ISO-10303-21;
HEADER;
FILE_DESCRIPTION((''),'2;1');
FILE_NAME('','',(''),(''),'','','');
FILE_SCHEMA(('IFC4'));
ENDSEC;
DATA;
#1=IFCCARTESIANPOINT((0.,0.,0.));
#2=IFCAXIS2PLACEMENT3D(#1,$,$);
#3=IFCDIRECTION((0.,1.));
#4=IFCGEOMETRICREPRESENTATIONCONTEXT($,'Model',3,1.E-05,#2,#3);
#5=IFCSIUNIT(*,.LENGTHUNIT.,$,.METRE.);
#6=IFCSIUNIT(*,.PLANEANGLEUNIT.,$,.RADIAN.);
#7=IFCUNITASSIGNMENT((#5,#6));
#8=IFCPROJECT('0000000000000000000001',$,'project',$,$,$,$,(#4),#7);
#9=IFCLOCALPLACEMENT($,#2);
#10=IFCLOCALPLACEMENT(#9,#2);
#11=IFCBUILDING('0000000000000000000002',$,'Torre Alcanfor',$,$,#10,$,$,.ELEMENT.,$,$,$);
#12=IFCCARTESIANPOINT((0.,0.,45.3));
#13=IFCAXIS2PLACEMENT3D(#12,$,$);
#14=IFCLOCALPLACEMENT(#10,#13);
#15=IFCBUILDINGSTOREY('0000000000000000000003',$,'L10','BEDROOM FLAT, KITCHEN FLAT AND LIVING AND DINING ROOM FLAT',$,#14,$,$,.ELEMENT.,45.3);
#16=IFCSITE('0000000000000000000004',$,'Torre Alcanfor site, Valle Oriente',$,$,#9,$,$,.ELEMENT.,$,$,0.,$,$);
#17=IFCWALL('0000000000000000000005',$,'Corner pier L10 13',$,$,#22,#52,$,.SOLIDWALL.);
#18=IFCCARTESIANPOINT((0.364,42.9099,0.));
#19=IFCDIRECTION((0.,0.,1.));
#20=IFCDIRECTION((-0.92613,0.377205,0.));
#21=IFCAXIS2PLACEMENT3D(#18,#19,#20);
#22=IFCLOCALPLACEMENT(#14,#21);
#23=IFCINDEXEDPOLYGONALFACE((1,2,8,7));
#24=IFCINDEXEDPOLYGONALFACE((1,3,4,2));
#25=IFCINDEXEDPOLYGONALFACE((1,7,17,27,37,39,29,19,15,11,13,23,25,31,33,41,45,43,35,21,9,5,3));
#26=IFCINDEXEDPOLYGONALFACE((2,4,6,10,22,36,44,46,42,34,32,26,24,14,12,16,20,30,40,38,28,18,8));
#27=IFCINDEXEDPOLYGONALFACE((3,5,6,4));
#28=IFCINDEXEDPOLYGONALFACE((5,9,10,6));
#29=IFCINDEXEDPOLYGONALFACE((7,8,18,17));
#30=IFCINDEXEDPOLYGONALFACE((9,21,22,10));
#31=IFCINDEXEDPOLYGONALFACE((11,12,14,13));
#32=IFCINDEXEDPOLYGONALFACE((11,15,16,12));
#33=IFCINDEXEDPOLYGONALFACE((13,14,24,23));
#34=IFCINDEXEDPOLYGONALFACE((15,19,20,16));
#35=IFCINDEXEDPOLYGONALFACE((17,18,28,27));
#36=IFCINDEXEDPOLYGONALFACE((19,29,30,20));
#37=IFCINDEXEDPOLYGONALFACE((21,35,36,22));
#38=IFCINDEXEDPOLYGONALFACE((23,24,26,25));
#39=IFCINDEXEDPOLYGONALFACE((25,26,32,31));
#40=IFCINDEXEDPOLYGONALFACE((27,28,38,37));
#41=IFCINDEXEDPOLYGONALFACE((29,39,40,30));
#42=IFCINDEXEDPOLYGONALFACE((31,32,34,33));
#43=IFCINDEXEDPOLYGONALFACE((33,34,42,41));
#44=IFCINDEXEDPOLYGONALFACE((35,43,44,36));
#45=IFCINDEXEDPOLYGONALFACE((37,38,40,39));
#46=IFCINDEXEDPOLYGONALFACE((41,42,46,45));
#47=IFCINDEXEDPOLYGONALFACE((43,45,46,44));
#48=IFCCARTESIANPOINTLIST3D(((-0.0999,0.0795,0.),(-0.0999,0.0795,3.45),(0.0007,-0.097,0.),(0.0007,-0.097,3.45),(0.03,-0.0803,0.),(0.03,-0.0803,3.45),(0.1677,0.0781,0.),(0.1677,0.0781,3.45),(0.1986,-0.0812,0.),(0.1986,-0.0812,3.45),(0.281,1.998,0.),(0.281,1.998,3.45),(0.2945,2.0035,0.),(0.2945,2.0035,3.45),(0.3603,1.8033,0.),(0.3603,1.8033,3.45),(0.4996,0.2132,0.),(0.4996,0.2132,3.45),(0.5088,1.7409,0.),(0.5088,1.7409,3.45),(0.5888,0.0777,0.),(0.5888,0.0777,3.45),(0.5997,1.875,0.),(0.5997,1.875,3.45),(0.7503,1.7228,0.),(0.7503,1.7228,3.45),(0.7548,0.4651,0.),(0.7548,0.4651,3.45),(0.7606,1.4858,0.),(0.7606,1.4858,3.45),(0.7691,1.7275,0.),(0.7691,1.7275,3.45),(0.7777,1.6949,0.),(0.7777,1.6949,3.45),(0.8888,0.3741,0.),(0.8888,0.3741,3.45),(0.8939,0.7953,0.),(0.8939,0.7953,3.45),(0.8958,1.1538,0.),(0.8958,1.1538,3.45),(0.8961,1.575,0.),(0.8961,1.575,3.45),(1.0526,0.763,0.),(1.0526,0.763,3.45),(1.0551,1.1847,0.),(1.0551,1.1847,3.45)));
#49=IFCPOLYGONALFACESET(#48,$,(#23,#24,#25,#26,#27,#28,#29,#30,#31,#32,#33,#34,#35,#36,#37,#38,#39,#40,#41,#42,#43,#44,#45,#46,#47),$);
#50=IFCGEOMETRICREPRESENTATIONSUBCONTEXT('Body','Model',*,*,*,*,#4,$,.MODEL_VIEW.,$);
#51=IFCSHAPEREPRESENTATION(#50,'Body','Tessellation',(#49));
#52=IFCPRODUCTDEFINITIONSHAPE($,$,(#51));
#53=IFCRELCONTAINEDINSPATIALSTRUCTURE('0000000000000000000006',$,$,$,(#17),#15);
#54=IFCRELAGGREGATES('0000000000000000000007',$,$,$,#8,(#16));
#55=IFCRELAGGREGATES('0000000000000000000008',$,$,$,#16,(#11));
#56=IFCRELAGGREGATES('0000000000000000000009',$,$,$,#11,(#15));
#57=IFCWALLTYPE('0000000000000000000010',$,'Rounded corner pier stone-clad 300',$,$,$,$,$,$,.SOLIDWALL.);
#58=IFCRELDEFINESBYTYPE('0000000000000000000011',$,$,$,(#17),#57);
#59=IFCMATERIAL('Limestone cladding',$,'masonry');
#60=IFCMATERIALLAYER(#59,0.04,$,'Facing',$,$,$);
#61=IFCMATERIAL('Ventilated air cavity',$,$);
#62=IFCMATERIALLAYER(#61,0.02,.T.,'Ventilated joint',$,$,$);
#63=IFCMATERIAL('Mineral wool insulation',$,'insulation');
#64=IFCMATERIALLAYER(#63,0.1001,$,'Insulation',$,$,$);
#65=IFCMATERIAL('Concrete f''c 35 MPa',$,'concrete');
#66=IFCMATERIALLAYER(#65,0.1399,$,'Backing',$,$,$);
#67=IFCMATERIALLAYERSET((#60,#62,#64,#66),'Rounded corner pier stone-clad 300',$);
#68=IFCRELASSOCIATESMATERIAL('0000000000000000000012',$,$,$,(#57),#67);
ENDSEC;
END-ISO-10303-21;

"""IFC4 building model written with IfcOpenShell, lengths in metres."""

from ifc_helpers import new_model, si_unit, direction, frame, origin, place, context, subcontext, project, spatial, polyline, outline, extrude, material, layer, layer_set, type_object, element, save


model = new_model("IFC4")

# Units and contexts
model_context = context("Model", 3, precision=1e-05, world=origin(), true_north=direction((0.0, 1.0)))
body_context = subcontext(model_context, "Body", "Model", "MODEL_VIEW")
ifc_project = project(units=[si_unit("LENGTHUNIT", "METRE"), si_unit("PLANEANGLEUNIT", "RADIAN")], contexts=[model_context])

# Site, building, storey
site_placement = place(None, origin())
site = spatial("IfcSite", under=ifc_project, at=site_placement, Name="Torre Alcanfor site, Valle Oriente", CompositionType="ELEMENT", RefElevation=0.0)
building_placement = place(site_placement, origin())
building = spatial("IfcBuilding", under=site, at=building_placement, Name="Torre Alcanfor", CompositionType="ELEMENT")
storey_placement = place(building_placement, frame((0.0, 0.0, 45.3)))
storey = spatial("IfcBuildingStorey", under=building, at=storey_placement, Name="L10", Description="BEDROOM FLAT, KITCHEN FLAT AND LIVING AND DINING ROOM FLAT", CompositionType="ELEMENT", Elevation=45.3)

# Shared definitions
ifc_material_1 = material(Name="Limestone cladding", Category="masonry")
ifc_material_2 = material(Name="Ventilated air cavity")
ifc_material_3 = material(Name="Mineral wool insulation", Category="insulation")
ifc_material_4 = material(Name="Concrete f'c 35 MPa", Category="concrete")

# Wall
ifc_layer_1 = layer(ifc_material_1, 0.04, Name="Facing")
ifc_layer_2 = layer(ifc_material_2, 0.02, ventilated=True, Name="Ventilated joint")
ifc_layer_3 = layer(ifc_material_3, 0.1001, Name="Insulation")
ifc_layer_4 = layer(ifc_material_4, 0.1399, Name="Backing")
ifc_layer_set_1 = layer_set([ifc_layer_1, ifc_layer_2, ifc_layer_3, ifc_layer_4], Name="Rounded corner pier stone-clad 300")
wall_type_1 = type_object("IfcWallType", Name="Rounded corner pier stone-clad 300", PredefinedType="SOLIDWALL", material=ifc_layer_set_1)
wall_1_placement = place(storey_placement, frame((0.364, 42.9099, 0.0), z_axis=(0.0, 0.0, 1.0), x_axis=(-0.92613, 0.377205, 0.0)))
element("IfcWall", 1, at=wall_1_placement, inside=storey, type_object=wall_type_1, Name="Corner pier L10 13", PredefinedType="SOLIDWALL", context=body_context, shape_type="SweptSolid", body=[
    extrude(outline(polyline([(0.3603, 1.8033), (0.5088, 1.7409), (0.7606, 1.4858), (0.8958, 1.1538), (0.8939, 0.7953), (0.7548, 0.4651), (0.4996, 0.2132), (0.1677, 0.0781), (-0.0999, 0.0795), (0.0007, -0.097), (0.03, -0.0803), (0.1986, -0.0812), (0.5888, 0.0777), (0.8888, 0.3741), (1.0526, 0.763), (1.0551, 1.1847), (0.8961, 1.575), (0.7777, 1.6949), (0.7691, 1.7275), (0.7503, 1.7228), (0.5997, 1.875), (0.2945, 2.0035), (0.281, 1.998), (0.3603, 1.8033)])), origin(), (0.0, 0.0, 1.0), 3.45),
])

save(model, "model.ifc")
